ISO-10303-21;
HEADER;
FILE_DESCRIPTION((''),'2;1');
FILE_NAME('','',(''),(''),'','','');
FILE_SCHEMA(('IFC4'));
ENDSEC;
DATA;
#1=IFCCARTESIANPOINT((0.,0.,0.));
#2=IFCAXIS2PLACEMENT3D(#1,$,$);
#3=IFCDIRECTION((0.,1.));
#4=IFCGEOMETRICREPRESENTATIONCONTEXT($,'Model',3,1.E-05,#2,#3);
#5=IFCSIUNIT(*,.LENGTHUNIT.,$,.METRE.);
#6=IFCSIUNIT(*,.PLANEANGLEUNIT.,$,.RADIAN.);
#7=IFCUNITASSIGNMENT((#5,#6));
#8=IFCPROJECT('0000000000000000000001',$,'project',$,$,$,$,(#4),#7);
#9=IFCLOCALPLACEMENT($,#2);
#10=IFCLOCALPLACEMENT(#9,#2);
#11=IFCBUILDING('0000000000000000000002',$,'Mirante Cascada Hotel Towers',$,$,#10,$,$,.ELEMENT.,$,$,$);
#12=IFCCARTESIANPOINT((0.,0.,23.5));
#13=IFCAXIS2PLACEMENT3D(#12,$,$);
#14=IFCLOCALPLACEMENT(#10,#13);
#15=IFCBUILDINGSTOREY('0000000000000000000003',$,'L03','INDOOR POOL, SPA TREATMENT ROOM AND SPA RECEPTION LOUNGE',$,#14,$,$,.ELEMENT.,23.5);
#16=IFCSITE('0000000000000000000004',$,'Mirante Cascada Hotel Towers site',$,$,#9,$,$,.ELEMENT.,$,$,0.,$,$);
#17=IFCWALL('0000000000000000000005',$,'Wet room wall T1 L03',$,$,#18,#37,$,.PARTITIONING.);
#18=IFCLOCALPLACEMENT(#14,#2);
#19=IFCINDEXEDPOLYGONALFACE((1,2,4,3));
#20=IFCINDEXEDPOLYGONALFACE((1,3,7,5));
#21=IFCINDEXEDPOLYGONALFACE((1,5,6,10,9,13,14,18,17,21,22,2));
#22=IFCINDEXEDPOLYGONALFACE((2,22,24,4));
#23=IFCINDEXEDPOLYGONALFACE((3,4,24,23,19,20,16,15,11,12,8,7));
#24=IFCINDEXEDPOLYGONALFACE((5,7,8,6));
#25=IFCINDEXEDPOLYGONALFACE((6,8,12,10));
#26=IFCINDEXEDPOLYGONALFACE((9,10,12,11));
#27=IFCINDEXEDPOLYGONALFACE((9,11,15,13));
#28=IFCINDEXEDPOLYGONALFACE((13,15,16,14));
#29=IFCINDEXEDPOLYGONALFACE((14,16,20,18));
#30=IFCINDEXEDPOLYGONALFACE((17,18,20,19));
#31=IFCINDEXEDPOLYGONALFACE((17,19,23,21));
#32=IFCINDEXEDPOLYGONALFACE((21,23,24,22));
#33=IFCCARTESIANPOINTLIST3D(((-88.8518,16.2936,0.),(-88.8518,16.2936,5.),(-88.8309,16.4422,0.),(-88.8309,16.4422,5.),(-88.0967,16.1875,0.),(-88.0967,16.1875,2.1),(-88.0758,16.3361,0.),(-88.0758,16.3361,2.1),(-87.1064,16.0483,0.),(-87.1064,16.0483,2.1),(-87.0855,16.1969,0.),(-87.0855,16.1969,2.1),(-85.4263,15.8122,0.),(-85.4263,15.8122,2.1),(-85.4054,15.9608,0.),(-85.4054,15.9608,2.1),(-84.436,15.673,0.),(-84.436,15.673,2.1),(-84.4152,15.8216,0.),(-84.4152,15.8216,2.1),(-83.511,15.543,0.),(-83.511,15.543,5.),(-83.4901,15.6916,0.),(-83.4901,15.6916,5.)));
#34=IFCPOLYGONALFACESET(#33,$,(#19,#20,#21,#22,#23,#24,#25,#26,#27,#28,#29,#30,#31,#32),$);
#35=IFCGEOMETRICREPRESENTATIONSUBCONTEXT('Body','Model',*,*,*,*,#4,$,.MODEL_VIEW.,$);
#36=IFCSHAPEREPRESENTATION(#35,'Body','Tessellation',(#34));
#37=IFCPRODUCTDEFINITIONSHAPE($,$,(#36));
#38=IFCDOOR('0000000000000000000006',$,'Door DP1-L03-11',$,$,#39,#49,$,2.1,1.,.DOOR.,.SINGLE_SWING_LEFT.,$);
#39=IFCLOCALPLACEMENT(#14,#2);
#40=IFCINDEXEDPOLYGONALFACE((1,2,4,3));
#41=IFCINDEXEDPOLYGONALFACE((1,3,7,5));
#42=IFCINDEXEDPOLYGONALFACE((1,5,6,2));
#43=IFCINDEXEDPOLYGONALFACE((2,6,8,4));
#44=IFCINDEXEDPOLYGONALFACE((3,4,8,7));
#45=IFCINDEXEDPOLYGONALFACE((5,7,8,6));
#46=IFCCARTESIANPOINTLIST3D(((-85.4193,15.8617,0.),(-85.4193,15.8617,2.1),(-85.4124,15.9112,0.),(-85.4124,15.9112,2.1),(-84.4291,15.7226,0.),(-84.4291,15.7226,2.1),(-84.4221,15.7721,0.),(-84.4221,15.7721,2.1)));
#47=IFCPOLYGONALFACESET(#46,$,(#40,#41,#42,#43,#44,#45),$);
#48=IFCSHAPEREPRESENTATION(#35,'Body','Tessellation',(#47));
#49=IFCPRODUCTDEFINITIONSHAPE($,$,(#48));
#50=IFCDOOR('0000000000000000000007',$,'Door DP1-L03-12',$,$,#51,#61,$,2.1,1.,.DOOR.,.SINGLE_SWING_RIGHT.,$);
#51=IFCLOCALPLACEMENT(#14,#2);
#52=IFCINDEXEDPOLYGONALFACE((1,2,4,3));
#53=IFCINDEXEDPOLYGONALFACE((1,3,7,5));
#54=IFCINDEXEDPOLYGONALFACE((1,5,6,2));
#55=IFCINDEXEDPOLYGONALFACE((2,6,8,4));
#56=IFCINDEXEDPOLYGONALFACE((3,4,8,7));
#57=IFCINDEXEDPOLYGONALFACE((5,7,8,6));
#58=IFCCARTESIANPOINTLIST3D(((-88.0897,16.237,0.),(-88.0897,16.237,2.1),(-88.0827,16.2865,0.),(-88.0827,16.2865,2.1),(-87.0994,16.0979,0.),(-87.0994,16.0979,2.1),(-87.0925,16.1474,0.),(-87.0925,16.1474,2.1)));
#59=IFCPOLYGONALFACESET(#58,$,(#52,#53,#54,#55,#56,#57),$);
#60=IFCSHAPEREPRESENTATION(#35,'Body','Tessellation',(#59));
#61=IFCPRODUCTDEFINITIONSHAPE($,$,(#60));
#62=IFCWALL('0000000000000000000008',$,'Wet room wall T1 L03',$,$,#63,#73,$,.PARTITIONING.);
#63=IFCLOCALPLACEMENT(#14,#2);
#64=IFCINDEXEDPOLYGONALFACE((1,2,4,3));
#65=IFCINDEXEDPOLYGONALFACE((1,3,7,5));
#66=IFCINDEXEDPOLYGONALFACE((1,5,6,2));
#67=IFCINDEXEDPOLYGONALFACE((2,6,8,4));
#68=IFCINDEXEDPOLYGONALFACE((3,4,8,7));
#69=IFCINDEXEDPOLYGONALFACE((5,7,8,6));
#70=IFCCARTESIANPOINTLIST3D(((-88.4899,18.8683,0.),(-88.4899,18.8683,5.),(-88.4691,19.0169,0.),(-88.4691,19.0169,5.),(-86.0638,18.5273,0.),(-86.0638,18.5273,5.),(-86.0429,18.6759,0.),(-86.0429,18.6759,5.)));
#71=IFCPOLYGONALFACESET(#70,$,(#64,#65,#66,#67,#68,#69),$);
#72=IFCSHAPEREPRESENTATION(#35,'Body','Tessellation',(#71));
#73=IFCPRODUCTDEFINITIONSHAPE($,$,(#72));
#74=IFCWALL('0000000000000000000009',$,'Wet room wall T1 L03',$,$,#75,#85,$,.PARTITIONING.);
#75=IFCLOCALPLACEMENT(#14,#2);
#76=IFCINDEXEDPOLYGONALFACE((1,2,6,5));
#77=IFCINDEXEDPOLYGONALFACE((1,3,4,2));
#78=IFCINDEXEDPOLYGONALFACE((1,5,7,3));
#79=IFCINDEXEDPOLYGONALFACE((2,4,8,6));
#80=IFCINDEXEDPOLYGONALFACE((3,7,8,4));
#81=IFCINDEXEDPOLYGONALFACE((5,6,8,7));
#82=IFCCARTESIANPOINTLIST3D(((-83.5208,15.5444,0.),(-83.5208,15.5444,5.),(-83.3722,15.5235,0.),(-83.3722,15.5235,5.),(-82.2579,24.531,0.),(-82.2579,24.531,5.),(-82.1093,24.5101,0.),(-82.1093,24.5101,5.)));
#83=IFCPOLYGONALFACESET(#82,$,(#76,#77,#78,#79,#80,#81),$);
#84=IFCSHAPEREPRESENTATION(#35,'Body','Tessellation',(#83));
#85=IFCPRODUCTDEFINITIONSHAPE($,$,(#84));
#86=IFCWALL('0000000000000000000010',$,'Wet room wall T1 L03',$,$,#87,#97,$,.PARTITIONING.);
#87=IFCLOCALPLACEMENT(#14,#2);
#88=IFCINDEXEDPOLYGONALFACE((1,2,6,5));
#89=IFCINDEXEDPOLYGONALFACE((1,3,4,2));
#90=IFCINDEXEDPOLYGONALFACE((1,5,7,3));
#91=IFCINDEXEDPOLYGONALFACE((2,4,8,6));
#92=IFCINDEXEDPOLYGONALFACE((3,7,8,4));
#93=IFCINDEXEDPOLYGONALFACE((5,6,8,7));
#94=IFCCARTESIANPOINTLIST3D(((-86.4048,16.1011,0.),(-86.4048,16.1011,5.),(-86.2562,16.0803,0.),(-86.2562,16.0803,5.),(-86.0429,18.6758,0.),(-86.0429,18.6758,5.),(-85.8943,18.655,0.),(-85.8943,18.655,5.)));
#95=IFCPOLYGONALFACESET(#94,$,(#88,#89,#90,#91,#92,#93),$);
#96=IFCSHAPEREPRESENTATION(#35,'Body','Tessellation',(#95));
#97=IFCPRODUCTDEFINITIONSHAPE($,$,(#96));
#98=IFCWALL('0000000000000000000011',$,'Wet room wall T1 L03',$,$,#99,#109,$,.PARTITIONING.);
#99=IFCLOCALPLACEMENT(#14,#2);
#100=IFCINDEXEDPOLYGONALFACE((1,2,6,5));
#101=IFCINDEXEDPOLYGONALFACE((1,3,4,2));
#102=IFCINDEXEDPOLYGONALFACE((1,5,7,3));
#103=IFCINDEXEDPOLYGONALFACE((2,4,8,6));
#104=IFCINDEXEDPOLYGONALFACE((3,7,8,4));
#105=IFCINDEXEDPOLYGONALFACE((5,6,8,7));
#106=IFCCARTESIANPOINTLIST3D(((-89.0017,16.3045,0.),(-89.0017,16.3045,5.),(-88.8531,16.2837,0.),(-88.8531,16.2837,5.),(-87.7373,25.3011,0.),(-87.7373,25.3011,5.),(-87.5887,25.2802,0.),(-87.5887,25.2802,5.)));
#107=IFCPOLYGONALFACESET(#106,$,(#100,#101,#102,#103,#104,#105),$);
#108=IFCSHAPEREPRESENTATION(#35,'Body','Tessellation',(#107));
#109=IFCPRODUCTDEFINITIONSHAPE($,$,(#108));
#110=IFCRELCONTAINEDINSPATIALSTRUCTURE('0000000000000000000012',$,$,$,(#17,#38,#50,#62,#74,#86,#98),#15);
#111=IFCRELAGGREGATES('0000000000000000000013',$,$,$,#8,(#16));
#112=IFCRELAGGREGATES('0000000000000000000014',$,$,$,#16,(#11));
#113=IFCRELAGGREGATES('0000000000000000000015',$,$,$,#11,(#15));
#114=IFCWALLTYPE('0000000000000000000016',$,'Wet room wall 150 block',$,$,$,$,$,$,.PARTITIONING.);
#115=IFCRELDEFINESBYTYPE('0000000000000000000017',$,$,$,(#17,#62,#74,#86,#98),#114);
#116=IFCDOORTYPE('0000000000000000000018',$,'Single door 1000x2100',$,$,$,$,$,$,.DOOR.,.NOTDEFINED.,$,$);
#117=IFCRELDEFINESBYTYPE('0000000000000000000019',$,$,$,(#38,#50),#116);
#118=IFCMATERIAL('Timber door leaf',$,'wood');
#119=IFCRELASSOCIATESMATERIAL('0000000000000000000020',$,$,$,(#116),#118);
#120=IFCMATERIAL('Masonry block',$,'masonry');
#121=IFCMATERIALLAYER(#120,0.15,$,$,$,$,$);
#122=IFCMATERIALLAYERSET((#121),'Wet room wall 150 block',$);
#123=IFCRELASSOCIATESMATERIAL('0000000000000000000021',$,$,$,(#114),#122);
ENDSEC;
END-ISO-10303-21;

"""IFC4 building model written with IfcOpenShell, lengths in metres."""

from ifc_helpers import new_model, si_unit, direction, frame, frame_2d, origin, place, context, subcontext, project, spatial, rectangle, extrude, material, layer, layer_set, type_object, element, fill, save


model = new_model("IFC4")

# Units and contexts
model_context = context("Model", 3, precision=1e-05, world=origin(), true_north=direction((0.0, 1.0)))
body_context = subcontext(model_context, "Body", "Model", "MODEL_VIEW")
ifc_project = project(units=[si_unit("LENGTHUNIT", "METRE"), si_unit("PLANEANGLEUNIT", "RADIAN")], contexts=[model_context])

# Site, building, storey
site_placement = place(None, origin())
site = spatial("IfcSite", under=ifc_project, at=site_placement, Name="Mirante Cascada Hotel Towers site", CompositionType="ELEMENT", RefElevation=0.0)
building_placement = place(site_placement, origin())
building = spatial("IfcBuilding", under=site, at=building_placement, Name="Mirante Cascada Hotel Towers", CompositionType="ELEMENT")
storey_placement = place(building_placement, frame((0.0, 0.0, 23.5)))
storey = spatial("IfcBuildingStorey", under=building, at=storey_placement, Name="L03", Description="INDOOR POOL, SPA TREATMENT ROOM AND SPA RECEPTION LOUNGE", CompositionType="ELEMENT", Elevation=23.5)

# Shared definitions
ifc_material_1 = material(Name="Timber door leaf", Category="wood")
door_type = type_object("IfcDoorType", Name="Single door 1000x2100", OperationType="NOTDEFINED", PredefinedType="DOOR", material=ifc_material_1)

# Wall, openings, doors
ifc_material_2 = material(Name="Masonry block", Category="masonry")
ifc_layer_1 = layer(ifc_material_2, 0.15)
ifc_layer_set_1 = layer_set([ifc_layer_1], Name="Wet room wall 150 block")
wall_type_1 = type_object("IfcWallType", Name="Wet room wall 150 block", PredefinedType="PARTITIONING", material=ifc_layer_set_1)
wall_1_placement = place(storey_placement, frame((-88.8413, 16.3679, 0.0), z_axis=(0.0, 0.0, 1.0), x_axis=(0.990268, -0.139173, 0.0)))
wall_1 = element("IfcWall", 1, at=wall_1_placement, inside=storey, type_object=wall_type_1, Name="Wet room wall T1 L03", PredefinedType="PARTITIONING", context=body_context, shape_type="SweptSolid", body=[
    extrude(rectangle(XDim=5.3933, YDim=0.15, at=frame_2d((2.6966, 0.0))), origin(), (0.0, 0.0, 1.0), 5.0),
])
opening_1_placement = place(wall_1_placement, frame((3.4591, 0.0, 0.0)))
opening_1 = element("IfcOpeningElement", 2, at=opening_1_placement, cuts=wall_1, PredefinedType="OPENING", context=body_context, shape_type="SweptSolid", body=[
    extrude(rectangle(XDim=1.0, YDim=2.1, at=frame_2d((0.5, 1.05))), frame((0.0, 0.075, 0.0), z_axis=(0.0, -1.0, 0.0), x_axis=(1.0, 0.0, 0.0)), (0.0, 0.0, 1.0), 0.15),
])
opening_2_placement = place(wall_1_placement, frame((0.7625, 0.0, 0.0)))
opening_2 = element("IfcOpeningElement", 3, at=opening_2_placement, cuts=wall_1, PredefinedType="OPENING", context=body_context, shape_type="SweptSolid", body=[
    extrude(rectangle(XDim=1.0, YDim=2.1, at=frame_2d((0.5, 1.05))), frame((0.0, 0.075, 0.0), z_axis=(0.0, -1.0, 0.0), x_axis=(1.0, 0.0, 0.0)), (0.0, 0.0, 1.0), 0.15),
])
door_1_placement = place(opening_1_placement, origin())
door_1 = element("IfcDoor", 4, at=door_1_placement, inside=storey, type_object=door_type, Name="Door DP1-L03-11", OperationType="SINGLE_SWING_LEFT", OverallHeight=2.1, OverallWidth=1.0, PredefinedType="DOOR", context=body_context, shape_type="SweptSolid", body=[
    extrude(rectangle(XDim=1.0, YDim=2.1, at=frame_2d((0.5, 1.05))), frame((0.0, 0.025, 0.0), z_axis=(0.0, -1.0, 0.0), x_axis=(1.0, 0.0, 0.0)), (0.0, 0.0, 1.0), 0.05),
])
fill(opening_1, door_1)
door_2_placement = place(opening_2_placement, origin())
door_2 = element("IfcDoor", 5, at=door_2_placement, inside=storey, type_object=door_type, Name="Door DP1-L03-12", OperationType="SINGLE_SWING_RIGHT", OverallHeight=2.1, OverallWidth=1.0, PredefinedType="DOOR", context=body_context, shape_type="SweptSolid", body=[
    extrude(rectangle(XDim=1.0, YDim=2.1, at=frame_2d((0.5, 1.05))), frame((0.0, 0.025, 0.0), z_axis=(0.0, -1.0, 0.0), x_axis=(1.0, 0.0, 0.0)), (0.0, 0.0, 1.0), 0.05),
])
fill(opening_2, door_2)

# Walls
wall_2_placement = place(storey_placement, frame((-88.4795, 18.9426, 0.0), z_axis=(0.0, 0.0, 1.0), x_axis=(0.990267, -0.139181, 0.0)))
element("IfcWall", 6, at=wall_2_placement, inside=storey, type_object=wall_type_1, Name="Wet room wall T1 L03", PredefinedType="PARTITIONING", context=body_context, shape_type="SweptSolid", body=[
    extrude(rectangle(XDim=2.45, YDim=0.15, at=frame_2d((1.225, 0.0))), origin(), (0.0, 0.0, 1.0), 5.0),
])
wall_3_placement = place(storey_placement, frame((-83.4465, 15.534, 0.0), z_axis=(0.0, 0.0, 1.0), x_axis=(0.139164, 0.990269, 0.0)))
element("IfcWall", 7, at=wall_3_placement, inside=storey, type_object=wall_type_1, Name="Wet room wall T1 L03", PredefinedType="PARTITIONING", context=body_context, shape_type="SweptSolid", body=[
    extrude(rectangle(XDim=9.0749, YDim=0.15, at=frame_2d((4.5374, 0.0))), origin(), (0.0, 0.0, 1.0), 5.0),
])
wall_4_placement = place(storey_placement, frame((-86.3305, 16.0907, 0.0), z_axis=(0.0, 0.0, 1.0), x_axis=(0.139192, 0.990265, 0.0)))
element("IfcWall", 8, at=wall_4_placement, inside=storey, type_object=wall_type_1, Name="Wet room wall T1 L03", PredefinedType="PARTITIONING", context=body_context, shape_type="SweptSolid", body=[
    extrude(rectangle(XDim=2.6, YDim=0.15, at=frame_2d((1.3, 0.0))), origin(), (0.0, 0.0, 1.0), 5.0),
])
wall_5_placement = place(storey_placement, frame((-88.9274, 16.2941, 0.0), z_axis=(0.0, 0.0, 1.0), x_axis=(0.139174, 0.990268, 0.0)))
element("IfcWall", 9, at=wall_5_placement, inside=storey, type_object=wall_type_1, Name="Wet room wall T1 L03", PredefinedType="PARTITIONING", context=body_context, shape_type="SweptSolid", body=[
    extrude(rectangle(XDim=9.085, YDim=0.15, at=frame_2d((4.5425, 0.0))), origin(), (0.0, 0.0, 1.0), 5.0),
])

save(model, "model.ifc")
